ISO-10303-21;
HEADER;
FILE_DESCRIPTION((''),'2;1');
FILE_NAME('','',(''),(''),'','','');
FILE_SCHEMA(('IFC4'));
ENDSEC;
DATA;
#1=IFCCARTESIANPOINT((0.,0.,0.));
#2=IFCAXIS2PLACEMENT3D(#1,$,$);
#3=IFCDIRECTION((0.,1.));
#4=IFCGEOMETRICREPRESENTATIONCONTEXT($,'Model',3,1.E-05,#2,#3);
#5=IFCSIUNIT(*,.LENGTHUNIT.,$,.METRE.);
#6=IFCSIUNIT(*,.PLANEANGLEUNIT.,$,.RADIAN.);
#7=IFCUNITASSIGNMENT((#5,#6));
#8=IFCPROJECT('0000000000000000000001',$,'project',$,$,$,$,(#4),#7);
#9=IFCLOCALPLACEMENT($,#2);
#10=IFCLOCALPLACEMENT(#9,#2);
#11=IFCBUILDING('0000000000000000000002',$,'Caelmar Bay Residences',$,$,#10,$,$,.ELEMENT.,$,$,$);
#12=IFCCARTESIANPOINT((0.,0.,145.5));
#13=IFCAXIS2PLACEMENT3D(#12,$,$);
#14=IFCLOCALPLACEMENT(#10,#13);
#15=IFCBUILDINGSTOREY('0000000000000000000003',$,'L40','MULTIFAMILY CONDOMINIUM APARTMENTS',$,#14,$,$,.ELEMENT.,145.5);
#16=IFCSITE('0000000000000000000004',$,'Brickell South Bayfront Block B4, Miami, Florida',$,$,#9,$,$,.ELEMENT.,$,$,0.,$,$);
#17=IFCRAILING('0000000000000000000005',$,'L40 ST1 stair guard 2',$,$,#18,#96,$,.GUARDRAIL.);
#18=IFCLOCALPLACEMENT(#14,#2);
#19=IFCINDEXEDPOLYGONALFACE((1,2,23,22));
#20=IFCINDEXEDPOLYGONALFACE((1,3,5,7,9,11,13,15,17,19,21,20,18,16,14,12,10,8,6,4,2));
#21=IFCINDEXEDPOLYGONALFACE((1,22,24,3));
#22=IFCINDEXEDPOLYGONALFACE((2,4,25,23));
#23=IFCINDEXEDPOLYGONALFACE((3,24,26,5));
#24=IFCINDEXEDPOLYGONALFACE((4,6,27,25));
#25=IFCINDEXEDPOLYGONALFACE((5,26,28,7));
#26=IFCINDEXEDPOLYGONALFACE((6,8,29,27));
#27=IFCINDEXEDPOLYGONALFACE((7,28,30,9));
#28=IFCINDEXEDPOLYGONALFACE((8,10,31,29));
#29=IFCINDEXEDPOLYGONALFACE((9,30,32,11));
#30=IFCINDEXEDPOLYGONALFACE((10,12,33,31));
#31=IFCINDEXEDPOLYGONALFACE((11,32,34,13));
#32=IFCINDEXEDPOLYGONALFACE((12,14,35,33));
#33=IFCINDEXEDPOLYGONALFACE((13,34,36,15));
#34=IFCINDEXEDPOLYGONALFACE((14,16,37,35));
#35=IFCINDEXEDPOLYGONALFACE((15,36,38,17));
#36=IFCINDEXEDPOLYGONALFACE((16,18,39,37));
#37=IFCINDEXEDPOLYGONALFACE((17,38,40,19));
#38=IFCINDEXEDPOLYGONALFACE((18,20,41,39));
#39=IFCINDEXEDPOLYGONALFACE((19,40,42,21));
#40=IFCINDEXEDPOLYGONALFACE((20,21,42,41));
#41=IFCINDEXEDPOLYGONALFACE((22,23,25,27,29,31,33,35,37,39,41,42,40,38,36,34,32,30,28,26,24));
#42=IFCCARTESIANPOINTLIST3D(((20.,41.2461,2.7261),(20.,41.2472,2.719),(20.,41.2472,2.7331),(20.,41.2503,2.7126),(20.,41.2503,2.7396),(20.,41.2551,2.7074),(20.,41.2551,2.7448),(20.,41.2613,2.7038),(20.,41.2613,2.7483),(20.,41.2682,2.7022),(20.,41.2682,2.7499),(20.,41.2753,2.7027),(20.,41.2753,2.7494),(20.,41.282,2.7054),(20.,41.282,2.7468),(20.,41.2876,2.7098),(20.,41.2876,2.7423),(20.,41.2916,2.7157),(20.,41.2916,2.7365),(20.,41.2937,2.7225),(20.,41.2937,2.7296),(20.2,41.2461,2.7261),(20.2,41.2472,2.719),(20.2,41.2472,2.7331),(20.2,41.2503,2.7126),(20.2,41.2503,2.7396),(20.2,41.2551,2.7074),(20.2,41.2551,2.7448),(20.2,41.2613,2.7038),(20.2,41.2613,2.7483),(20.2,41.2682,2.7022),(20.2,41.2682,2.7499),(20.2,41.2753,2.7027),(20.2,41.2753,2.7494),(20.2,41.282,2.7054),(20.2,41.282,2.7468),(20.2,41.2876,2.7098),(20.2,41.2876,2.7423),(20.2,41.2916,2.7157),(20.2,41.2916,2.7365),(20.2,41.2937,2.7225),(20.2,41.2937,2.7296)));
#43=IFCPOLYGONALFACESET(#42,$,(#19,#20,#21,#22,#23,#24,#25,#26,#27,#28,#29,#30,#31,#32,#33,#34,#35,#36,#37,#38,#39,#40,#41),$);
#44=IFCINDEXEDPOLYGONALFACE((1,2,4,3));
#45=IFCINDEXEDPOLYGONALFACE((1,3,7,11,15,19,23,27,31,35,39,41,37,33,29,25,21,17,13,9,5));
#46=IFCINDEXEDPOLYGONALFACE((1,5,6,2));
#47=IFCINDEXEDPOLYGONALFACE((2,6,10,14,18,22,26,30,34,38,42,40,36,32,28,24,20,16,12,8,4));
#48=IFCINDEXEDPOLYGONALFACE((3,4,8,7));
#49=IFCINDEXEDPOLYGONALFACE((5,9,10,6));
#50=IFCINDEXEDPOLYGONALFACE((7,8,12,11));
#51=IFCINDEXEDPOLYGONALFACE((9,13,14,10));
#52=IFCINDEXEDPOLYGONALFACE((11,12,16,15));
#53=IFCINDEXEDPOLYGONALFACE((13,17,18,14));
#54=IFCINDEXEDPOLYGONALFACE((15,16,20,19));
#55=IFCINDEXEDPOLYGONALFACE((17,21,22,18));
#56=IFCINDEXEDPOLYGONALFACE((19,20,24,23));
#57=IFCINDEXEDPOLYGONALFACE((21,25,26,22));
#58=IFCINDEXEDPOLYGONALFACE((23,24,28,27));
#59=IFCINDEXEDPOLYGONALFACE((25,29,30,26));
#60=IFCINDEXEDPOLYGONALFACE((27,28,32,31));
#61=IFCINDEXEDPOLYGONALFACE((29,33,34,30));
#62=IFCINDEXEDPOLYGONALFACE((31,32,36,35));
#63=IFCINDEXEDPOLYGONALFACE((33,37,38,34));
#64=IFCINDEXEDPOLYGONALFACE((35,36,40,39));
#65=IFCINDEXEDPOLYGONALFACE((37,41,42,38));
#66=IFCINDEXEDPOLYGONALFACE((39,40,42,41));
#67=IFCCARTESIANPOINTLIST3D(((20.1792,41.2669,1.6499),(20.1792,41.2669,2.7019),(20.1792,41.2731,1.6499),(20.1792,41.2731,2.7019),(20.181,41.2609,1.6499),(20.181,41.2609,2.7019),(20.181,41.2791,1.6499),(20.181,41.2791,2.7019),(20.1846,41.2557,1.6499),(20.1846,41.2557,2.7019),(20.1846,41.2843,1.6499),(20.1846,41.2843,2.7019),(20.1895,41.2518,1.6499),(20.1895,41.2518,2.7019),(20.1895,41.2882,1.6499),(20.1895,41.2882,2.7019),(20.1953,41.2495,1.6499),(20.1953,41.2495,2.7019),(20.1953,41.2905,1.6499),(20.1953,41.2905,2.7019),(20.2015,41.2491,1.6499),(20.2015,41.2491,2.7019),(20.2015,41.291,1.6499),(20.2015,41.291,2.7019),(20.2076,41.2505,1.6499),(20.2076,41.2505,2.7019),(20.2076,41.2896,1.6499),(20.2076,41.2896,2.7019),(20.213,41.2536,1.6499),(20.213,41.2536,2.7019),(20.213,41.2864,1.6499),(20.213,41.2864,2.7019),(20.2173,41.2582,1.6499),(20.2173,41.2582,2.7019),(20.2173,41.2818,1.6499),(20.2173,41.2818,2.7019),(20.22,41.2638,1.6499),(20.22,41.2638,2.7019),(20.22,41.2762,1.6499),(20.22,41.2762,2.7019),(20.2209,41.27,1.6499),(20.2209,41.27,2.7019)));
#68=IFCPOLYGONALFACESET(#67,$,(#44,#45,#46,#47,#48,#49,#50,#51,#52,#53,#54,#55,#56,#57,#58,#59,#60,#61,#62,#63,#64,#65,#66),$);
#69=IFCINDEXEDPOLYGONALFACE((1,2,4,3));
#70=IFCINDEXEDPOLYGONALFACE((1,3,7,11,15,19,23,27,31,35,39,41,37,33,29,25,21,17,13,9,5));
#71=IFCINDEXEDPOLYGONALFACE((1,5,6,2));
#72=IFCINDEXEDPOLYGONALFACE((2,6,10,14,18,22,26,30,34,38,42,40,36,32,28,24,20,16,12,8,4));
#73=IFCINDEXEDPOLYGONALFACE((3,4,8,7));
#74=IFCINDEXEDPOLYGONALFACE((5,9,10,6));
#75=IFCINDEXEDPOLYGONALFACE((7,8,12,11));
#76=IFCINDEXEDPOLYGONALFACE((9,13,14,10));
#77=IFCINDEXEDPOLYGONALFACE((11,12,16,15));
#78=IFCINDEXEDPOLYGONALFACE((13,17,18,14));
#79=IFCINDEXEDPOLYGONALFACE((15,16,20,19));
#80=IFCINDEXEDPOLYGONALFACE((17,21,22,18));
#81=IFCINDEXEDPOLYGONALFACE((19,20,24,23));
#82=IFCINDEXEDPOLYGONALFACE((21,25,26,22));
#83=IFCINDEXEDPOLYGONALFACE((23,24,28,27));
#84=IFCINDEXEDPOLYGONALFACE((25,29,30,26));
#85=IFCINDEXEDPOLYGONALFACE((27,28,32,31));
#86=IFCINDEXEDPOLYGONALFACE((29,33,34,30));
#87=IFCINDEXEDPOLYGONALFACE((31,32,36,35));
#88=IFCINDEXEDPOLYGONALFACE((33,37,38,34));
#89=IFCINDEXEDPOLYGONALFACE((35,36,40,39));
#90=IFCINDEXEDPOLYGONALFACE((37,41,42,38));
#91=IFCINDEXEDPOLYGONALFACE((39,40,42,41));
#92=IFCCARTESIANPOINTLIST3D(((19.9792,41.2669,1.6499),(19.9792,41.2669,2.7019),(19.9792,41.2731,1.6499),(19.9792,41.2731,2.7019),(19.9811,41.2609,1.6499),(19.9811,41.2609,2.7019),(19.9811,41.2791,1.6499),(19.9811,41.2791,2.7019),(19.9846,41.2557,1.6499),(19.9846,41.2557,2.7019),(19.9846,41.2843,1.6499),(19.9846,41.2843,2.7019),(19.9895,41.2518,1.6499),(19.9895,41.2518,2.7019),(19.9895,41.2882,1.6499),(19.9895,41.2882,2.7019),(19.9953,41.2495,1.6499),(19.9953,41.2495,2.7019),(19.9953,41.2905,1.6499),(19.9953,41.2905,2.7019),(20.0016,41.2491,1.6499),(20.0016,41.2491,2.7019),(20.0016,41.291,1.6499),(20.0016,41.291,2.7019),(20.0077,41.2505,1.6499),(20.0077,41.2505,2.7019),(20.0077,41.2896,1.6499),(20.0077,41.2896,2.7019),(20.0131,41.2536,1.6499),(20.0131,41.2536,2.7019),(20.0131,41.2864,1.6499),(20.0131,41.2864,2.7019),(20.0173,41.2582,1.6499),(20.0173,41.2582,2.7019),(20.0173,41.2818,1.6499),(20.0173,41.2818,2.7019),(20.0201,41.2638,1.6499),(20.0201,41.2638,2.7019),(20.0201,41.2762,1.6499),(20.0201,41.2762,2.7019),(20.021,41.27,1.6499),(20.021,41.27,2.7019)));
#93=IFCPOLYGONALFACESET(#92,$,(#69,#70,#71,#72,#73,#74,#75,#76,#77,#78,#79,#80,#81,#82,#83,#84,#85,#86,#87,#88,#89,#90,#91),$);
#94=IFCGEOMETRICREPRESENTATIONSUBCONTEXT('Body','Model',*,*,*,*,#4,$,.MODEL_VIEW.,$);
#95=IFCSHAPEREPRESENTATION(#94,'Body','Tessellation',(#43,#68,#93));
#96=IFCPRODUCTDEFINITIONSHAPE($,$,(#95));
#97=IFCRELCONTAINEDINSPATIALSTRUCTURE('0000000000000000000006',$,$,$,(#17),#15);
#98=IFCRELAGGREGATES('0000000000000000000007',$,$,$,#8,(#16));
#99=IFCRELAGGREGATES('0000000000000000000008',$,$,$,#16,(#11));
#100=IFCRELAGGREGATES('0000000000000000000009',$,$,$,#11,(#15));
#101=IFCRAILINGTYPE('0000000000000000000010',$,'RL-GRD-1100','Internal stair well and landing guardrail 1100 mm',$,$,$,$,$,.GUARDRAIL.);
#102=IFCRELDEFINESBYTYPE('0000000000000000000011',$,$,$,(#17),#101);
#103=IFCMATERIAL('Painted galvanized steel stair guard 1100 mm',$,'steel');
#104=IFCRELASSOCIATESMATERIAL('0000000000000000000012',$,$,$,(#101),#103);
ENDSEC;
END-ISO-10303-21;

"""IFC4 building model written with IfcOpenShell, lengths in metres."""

from ifc_helpers import new_model, si_unit, direction, frame, origin, origin_2d, place, context, subcontext, project, spatial, circle, extrude, material, type_object, element, save


model = new_model("IFC4")

# Units and contexts
model_context = context("Model", 3, precision=1e-05, world=origin(), true_north=direction((0.0, 1.0)))
body_context = subcontext(model_context, "Body", "Model", "MODEL_VIEW")
ifc_project = project(units=[si_unit("LENGTHUNIT", "METRE"), si_unit("PLANEANGLEUNIT", "RADIAN")], contexts=[model_context])

# Site, building, storey
site_placement = place(None, origin())
site = spatial("IfcSite", under=ifc_project, at=site_placement, Name="Brickell South Bayfront Block B4, Miami, Florida", CompositionType="ELEMENT", RefElevation=0.0)
building_placement = place(site_placement, origin())
building = spatial("IfcBuilding", under=site, at=building_placement, Name="Caelmar Bay Residences", CompositionType="ELEMENT")
storey_placement = place(building_placement, frame((0.0, 0.0, 145.5)))
storey = spatial("IfcBuildingStorey", under=building, at=storey_placement, Name="L40", Description="MULTIFAMILY CONDOMINIUM APARTMENTS", CompositionType="ELEMENT", Elevation=145.5)

# Railing
ifc_material_1 = material(Name="Painted galvanized steel stair guard 1100 mm", Category="steel")
railing_type_1 = type_object("IfcRailingType", Name="RL-GRD-1100", Description="Internal stair well and landing guardrail 1100 mm", PredefinedType="GUARDRAIL", material=ifc_material_1)
railing_1_placement = place(storey_placement, frame((20.2, 41.27, 1.6499)))
element("IfcRailing", 1, at=railing_1_placement, inside=storey, type_object=railing_type_1, Name="L40 ST1 stair guard 2", PredefinedType="GUARDRAIL", context=body_context, shape_type="SweptSolid", body=[
    extrude(circle(Radius=0.0239, at=origin_2d()), frame((0.0, 0.0, 1.0762), z_axis=(-1.0, 0.0, 0.0), x_axis=(0.0, -1.0, 0.0)), (0.0, 0.0, 1.0), 0.2),
    extrude(circle(Radius=0.021, at=origin_2d()), origin(), (0.0, 0.0, 1.0), 1.052),
    extrude(circle(Radius=0.021, at=origin_2d()), frame((-0.2, 0.0, 0.0)), (0.0, 0.0, 1.0), 1.052),
])

save(model, "model.ifc")
